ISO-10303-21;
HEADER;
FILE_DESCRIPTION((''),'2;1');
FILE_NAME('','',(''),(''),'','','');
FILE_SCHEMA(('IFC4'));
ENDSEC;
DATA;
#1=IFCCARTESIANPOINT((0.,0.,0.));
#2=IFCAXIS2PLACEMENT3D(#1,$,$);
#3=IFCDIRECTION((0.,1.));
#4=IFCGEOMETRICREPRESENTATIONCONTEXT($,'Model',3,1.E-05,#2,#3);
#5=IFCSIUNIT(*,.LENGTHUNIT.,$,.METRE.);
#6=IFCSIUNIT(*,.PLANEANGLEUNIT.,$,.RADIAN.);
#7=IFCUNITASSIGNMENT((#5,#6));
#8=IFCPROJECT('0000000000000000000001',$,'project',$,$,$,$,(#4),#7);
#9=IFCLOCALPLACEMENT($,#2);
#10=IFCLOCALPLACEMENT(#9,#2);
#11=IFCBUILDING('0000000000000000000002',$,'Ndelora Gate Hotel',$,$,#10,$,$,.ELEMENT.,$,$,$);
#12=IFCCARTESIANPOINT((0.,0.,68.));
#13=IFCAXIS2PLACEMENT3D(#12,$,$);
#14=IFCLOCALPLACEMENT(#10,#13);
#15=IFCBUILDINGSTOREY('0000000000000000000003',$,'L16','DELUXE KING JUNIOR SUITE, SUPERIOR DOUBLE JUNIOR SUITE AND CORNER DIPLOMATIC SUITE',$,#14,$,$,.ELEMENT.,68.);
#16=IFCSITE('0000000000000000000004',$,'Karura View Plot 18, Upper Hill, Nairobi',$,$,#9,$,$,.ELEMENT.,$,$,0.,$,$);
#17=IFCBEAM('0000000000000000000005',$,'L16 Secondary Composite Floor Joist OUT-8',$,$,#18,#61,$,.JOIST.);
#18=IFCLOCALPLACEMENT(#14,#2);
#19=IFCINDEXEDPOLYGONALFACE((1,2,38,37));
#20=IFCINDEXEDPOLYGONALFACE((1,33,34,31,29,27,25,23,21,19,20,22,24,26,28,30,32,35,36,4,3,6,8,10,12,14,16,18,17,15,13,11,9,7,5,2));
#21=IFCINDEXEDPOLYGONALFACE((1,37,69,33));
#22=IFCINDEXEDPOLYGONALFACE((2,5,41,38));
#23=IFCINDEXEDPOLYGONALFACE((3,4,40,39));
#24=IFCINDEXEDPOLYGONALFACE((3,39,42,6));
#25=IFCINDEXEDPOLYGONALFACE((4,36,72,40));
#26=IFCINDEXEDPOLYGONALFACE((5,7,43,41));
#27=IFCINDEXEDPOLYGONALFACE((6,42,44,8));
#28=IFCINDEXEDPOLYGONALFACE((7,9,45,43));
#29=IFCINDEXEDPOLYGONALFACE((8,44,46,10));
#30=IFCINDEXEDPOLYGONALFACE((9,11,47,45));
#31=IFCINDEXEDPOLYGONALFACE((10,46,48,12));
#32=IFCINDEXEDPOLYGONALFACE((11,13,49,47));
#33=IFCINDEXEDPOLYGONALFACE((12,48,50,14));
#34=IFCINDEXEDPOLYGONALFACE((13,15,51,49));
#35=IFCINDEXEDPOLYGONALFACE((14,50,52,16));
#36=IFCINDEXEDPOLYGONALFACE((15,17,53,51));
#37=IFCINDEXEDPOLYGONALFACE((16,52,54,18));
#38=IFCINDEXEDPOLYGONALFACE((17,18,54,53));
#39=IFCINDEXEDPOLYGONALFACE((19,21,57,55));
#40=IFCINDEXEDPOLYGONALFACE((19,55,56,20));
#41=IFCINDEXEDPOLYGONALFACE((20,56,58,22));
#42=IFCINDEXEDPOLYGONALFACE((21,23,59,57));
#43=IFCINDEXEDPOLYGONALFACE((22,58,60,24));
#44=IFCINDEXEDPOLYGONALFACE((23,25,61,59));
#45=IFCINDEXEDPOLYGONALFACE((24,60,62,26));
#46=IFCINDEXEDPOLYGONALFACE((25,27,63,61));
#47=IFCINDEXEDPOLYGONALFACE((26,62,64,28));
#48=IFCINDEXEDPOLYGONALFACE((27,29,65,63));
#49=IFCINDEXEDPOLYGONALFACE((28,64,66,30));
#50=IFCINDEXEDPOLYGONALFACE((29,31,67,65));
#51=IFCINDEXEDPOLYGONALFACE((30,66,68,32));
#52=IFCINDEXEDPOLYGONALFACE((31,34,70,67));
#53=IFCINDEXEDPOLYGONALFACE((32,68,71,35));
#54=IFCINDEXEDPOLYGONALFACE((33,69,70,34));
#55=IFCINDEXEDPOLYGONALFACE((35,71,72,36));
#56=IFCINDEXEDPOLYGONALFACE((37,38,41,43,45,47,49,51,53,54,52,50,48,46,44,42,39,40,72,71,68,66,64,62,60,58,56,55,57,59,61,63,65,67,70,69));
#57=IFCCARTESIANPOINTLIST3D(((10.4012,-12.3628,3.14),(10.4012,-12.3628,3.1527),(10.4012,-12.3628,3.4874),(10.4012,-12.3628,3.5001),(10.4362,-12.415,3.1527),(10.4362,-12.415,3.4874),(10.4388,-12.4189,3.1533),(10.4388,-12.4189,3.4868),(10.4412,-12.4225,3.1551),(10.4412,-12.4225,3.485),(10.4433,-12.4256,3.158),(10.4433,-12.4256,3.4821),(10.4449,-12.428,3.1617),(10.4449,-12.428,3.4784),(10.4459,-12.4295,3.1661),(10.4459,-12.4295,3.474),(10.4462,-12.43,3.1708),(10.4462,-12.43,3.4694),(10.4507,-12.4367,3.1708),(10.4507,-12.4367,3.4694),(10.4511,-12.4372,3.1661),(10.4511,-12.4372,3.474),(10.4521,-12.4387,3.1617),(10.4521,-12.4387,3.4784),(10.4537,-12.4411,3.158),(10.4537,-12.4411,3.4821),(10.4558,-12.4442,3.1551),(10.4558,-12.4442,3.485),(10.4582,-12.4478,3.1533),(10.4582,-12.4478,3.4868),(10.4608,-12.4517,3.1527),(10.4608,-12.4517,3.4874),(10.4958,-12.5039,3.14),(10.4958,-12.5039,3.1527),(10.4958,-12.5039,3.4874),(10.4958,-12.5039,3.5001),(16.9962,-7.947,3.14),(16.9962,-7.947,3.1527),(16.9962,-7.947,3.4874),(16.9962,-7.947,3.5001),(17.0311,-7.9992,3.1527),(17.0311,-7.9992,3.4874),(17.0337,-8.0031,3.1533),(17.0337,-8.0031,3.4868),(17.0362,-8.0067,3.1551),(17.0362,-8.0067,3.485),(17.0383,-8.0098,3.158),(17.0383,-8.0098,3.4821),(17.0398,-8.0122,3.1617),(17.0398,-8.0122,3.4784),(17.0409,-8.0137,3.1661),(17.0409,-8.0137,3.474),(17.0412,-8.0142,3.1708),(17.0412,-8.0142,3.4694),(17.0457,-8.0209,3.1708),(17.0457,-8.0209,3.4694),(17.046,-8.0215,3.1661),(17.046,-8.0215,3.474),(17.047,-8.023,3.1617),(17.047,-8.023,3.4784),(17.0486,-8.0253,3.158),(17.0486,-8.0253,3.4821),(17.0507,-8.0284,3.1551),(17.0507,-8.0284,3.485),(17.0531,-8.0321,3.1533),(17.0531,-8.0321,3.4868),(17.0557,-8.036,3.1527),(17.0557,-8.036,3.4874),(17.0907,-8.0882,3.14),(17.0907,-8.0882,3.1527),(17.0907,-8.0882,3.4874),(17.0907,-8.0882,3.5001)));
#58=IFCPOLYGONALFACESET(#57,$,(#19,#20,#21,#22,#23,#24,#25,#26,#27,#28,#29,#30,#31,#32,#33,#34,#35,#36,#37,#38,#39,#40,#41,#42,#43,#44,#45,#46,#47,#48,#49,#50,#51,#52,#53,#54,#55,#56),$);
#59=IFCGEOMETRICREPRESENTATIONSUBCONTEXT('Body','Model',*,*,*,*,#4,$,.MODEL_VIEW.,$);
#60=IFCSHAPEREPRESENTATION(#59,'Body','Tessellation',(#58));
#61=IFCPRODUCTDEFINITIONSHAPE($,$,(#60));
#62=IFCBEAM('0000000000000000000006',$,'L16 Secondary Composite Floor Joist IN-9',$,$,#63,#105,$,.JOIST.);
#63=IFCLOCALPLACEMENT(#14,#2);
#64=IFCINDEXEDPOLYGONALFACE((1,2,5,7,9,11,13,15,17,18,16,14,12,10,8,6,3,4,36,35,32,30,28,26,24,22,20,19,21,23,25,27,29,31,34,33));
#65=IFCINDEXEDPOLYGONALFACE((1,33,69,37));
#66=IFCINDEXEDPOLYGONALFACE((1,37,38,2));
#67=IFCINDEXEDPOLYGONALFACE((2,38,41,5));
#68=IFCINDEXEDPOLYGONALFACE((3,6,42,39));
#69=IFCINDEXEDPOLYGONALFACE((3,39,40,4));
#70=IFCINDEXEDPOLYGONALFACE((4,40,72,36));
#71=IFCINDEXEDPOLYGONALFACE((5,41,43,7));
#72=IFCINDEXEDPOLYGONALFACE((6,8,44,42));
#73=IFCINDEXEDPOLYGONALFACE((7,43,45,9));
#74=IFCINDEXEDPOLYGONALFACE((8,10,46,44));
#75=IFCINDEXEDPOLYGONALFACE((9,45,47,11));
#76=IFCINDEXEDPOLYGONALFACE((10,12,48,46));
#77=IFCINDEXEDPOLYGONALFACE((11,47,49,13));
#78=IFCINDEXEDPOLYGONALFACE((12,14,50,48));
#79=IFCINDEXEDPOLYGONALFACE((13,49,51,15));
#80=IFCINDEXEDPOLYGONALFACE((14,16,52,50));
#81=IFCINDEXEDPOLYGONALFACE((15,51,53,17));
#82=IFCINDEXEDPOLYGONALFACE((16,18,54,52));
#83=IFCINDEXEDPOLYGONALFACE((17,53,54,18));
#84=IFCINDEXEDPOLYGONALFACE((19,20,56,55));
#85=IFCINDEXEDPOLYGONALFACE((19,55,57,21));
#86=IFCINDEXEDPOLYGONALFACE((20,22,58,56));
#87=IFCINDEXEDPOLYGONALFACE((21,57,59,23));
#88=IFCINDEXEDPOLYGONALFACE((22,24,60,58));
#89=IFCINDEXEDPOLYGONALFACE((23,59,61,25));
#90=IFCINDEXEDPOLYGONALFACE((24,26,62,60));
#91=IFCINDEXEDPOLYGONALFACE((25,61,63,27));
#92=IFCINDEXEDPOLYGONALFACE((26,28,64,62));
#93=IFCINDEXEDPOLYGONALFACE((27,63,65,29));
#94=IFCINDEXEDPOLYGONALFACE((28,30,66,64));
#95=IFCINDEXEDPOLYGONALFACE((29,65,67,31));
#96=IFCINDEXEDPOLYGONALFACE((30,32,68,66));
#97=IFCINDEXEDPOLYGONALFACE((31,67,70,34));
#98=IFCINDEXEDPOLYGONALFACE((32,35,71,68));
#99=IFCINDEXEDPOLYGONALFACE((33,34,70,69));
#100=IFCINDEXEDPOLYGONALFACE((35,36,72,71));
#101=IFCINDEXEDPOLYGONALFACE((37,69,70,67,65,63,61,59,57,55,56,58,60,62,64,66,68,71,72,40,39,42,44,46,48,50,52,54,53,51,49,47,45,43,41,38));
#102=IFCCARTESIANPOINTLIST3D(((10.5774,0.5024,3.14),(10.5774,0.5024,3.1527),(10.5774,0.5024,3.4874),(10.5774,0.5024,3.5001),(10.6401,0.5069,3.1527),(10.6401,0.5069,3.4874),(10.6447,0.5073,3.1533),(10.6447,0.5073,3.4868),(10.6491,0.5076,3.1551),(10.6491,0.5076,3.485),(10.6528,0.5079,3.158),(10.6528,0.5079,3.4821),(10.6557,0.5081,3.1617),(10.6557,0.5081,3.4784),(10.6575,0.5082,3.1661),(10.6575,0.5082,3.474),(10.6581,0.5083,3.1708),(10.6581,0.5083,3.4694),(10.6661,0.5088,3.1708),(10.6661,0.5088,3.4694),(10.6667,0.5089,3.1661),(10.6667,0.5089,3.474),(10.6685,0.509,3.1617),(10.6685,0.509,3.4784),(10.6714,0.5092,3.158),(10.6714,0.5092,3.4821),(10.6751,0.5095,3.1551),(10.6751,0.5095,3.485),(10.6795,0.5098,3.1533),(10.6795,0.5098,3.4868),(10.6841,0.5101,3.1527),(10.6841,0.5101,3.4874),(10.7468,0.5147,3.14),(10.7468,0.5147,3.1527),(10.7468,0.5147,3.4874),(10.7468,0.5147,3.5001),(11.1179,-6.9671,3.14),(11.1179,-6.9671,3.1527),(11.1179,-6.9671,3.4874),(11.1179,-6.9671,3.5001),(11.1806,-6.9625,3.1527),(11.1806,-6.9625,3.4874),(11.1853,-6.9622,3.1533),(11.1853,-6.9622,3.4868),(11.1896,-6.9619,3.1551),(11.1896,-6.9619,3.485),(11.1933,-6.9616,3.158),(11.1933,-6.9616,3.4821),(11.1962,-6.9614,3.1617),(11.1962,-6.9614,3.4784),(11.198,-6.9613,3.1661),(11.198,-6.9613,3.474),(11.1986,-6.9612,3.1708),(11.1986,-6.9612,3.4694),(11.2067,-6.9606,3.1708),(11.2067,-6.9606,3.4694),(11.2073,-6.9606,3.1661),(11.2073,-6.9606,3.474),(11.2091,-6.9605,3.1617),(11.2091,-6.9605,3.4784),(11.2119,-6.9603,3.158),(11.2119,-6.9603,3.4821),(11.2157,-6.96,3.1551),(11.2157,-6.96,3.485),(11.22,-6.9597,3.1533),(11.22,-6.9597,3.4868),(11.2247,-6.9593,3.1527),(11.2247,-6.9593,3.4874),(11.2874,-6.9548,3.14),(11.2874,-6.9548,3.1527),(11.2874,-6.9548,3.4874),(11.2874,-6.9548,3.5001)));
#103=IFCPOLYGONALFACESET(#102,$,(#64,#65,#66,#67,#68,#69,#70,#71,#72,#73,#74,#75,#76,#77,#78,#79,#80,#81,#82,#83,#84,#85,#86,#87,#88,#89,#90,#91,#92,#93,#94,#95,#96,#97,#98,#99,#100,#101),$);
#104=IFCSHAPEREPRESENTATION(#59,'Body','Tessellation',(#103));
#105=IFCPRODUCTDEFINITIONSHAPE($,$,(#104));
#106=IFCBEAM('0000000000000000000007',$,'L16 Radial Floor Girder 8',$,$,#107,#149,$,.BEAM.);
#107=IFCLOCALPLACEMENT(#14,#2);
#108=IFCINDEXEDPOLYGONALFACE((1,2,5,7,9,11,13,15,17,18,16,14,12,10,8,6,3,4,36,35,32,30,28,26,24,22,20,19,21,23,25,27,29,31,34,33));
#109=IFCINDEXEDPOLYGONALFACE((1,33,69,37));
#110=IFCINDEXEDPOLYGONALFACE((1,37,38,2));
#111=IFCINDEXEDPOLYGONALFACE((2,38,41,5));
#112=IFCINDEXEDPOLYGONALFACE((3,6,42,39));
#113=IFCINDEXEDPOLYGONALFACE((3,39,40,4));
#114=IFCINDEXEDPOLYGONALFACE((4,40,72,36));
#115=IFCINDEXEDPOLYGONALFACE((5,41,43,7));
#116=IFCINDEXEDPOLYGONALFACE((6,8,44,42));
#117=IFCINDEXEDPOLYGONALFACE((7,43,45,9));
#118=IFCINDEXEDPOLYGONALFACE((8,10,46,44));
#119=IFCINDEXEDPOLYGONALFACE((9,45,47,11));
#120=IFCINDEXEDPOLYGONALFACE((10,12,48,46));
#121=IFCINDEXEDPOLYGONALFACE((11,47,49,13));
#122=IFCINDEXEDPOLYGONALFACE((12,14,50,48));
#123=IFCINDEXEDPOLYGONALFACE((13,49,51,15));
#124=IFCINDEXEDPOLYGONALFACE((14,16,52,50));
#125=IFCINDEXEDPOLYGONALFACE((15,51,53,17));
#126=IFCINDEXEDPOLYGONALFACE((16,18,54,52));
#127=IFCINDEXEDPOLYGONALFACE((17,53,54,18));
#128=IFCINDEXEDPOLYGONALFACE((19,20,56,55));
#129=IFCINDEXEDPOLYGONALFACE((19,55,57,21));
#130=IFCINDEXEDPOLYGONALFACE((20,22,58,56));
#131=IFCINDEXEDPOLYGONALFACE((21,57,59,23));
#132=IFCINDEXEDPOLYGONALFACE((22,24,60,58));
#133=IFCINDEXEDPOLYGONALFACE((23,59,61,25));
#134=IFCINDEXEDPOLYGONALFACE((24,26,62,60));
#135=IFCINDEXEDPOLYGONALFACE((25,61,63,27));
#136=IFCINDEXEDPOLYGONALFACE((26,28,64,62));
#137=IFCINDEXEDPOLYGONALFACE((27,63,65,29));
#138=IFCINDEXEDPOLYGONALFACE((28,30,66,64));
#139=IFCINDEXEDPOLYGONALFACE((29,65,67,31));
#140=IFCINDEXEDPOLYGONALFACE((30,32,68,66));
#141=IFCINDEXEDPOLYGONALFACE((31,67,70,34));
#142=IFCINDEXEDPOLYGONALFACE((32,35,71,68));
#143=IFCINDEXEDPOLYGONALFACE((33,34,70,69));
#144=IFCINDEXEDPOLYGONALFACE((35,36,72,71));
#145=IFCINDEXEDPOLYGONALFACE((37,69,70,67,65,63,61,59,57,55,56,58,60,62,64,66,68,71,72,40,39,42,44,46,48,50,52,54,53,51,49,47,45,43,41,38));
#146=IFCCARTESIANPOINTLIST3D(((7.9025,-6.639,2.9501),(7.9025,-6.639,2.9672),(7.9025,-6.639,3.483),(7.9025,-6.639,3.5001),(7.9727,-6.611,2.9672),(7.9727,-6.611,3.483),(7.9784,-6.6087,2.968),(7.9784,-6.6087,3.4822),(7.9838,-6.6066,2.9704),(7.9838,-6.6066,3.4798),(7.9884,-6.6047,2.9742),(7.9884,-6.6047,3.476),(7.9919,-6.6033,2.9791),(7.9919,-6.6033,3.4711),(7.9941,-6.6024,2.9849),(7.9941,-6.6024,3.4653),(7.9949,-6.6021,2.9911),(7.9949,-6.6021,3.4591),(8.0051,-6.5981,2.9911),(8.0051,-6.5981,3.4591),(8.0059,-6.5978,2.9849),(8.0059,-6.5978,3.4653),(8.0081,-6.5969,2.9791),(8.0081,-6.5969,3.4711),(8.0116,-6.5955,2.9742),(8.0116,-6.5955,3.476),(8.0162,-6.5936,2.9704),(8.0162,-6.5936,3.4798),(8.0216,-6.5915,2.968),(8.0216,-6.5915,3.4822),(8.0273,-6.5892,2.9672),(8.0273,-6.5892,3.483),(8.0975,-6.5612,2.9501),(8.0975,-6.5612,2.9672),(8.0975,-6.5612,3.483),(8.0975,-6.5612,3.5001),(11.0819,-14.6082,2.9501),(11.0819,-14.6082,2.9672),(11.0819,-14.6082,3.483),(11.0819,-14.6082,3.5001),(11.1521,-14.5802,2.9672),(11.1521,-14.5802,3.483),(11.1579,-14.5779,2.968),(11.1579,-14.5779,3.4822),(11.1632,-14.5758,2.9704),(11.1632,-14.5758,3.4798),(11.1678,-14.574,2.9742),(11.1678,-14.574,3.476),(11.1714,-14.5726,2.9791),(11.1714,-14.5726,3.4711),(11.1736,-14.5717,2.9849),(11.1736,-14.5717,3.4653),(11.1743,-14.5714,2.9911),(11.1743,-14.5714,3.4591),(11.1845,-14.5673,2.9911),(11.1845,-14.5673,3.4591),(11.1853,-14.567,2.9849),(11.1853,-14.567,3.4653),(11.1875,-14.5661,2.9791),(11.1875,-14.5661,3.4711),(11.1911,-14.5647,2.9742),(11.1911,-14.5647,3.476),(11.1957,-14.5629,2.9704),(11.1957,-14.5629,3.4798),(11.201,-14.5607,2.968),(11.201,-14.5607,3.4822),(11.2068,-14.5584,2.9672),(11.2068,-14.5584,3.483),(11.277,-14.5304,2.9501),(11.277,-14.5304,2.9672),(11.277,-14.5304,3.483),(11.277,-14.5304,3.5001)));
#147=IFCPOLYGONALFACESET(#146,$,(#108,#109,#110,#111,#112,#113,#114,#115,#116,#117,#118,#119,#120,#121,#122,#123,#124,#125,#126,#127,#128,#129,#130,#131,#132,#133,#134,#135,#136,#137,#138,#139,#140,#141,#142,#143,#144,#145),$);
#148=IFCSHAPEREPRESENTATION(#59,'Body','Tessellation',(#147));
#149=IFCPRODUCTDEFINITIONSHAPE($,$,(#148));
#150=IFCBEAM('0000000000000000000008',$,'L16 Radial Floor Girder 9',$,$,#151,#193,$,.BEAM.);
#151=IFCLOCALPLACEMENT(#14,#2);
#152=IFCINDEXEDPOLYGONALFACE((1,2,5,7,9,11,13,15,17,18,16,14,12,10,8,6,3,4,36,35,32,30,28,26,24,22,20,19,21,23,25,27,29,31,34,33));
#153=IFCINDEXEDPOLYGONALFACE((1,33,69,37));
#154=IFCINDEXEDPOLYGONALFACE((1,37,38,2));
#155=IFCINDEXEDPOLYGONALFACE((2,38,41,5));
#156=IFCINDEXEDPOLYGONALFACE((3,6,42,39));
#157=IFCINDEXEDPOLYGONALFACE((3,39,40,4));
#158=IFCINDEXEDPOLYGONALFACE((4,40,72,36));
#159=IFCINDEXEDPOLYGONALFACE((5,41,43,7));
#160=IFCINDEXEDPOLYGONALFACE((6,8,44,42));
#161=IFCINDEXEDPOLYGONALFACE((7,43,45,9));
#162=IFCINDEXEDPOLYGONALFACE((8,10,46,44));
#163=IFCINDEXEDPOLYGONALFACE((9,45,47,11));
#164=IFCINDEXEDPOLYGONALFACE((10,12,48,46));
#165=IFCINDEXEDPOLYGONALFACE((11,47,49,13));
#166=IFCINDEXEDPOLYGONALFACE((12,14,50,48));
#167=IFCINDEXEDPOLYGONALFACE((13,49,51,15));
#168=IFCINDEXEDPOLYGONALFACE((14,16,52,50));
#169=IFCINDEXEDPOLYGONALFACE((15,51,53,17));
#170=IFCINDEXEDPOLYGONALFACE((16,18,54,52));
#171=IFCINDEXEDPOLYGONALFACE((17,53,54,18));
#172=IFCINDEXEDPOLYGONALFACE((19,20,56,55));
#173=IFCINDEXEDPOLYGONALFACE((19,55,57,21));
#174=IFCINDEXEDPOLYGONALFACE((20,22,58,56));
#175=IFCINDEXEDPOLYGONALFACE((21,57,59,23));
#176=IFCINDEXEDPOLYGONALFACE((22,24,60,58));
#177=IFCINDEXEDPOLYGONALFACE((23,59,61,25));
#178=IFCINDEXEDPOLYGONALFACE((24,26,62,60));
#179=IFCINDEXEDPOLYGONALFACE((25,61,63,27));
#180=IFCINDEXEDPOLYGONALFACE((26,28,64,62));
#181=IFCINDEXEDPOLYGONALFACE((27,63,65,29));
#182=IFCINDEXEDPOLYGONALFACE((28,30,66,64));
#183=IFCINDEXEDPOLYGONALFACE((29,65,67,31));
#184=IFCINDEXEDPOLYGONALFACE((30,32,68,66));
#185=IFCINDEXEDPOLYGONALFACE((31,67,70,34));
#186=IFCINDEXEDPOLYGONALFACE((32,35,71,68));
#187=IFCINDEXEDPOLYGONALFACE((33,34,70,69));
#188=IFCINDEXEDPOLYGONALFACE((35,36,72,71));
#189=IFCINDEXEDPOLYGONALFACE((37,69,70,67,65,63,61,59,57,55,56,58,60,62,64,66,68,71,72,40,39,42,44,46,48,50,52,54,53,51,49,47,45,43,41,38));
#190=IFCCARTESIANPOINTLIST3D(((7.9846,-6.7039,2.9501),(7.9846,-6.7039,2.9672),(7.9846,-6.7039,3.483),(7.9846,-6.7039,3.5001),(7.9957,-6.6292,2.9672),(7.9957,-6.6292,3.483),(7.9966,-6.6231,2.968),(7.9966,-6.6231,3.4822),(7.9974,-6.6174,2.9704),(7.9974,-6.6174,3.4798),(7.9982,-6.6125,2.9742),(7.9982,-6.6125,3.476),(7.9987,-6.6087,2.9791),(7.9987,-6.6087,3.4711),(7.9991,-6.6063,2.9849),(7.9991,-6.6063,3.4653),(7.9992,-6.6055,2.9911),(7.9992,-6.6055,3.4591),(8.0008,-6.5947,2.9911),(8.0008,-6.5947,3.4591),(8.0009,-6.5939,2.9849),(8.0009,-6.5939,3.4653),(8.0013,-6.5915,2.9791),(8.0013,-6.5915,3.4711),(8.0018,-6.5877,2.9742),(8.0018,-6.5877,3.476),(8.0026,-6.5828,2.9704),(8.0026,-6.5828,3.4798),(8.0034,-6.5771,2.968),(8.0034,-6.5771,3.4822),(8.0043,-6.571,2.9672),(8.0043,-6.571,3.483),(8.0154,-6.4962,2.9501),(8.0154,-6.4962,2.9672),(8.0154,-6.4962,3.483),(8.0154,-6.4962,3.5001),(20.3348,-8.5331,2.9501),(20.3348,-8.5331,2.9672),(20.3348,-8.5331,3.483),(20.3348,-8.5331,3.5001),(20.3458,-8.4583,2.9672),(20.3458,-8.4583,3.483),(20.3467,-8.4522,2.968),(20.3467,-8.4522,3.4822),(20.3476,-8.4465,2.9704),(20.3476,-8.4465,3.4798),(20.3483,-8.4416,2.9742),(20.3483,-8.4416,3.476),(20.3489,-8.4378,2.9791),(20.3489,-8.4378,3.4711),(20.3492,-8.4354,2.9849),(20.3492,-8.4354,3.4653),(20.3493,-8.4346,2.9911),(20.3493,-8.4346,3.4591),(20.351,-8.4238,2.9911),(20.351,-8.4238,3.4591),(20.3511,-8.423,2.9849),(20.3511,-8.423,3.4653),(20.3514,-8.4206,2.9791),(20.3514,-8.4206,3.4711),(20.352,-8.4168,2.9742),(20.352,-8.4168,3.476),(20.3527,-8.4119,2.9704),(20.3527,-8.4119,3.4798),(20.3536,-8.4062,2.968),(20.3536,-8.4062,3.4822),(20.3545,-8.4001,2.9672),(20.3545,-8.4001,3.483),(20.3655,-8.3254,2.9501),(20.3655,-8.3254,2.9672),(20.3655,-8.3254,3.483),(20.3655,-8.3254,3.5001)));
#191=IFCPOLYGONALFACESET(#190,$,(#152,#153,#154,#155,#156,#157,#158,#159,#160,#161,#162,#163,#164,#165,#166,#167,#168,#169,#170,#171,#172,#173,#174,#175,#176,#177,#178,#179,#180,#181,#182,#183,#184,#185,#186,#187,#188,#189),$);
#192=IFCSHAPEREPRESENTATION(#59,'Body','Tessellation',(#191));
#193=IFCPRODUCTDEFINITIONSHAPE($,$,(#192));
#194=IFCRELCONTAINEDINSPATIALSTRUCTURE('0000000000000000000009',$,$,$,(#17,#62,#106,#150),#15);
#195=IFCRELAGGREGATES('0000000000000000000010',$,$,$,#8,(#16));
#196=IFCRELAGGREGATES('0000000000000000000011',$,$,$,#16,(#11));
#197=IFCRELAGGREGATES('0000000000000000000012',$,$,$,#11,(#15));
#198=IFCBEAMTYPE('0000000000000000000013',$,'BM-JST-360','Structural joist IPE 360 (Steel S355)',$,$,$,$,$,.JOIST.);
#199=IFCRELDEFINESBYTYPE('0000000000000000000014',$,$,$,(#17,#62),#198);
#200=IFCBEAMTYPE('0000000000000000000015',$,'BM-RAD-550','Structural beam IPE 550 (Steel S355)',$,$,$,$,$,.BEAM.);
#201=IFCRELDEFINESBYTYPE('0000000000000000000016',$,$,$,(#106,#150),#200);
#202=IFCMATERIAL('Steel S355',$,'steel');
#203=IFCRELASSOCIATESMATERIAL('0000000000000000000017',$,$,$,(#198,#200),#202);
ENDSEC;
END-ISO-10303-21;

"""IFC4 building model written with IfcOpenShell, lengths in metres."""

from ifc_helpers import new_model, si_unit, direction, frame, origin, origin_2d, place, context, subcontext, project, spatial, i_section, extrude, material, material_profile, profile_set, type_object, element, save


model = new_model("IFC4")

# Units and contexts
model_context = context("Model", 3, precision=1e-05, world=origin(), true_north=direction((0.0, 1.0)))
body_context = subcontext(model_context, "Body", "Model", "MODEL_VIEW")
ifc_project = project(units=[si_unit("LENGTHUNIT", "METRE"), si_unit("PLANEANGLEUNIT", "RADIAN")], contexts=[model_context])

# Site, building, storey
site_placement = place(None, origin())
site = spatial("IfcSite", under=ifc_project, at=site_placement, Name="Karura View Plot 18, Upper Hill, Nairobi", CompositionType="ELEMENT", RefElevation=0.0)
building_placement = place(site_placement, origin())
building = spatial("IfcBuilding", under=site, at=building_placement, Name="Ndelora Gate Hotel", CompositionType="ELEMENT")
storey_placement = place(building_placement, frame((0.0, 0.0, 68.0)))
storey = spatial("IfcBuildingStorey", under=building, at=storey_placement, Name="L16", Description="DELUXE KING JUNIOR SUITE, SUPERIOR DOUBLE JUNIOR SUITE AND CORNER DIPLOMATIC SUITE", CompositionType="ELEMENT", Elevation=68.0)

# Beams
ifc_material_1 = material(Name="Steel S355", Category="steel")
ifc_material_profile_1 = material_profile(ifc_material_1, i_section(OverallWidth=0.1699, OverallDepth=0.3601, WebThickness=0.0081, FlangeThickness=0.0127, FilletRadius=0.0181, at=origin_2d()), Name="IPE 360")
ifc_profile_set_1 = profile_set([ifc_material_profile_1], Name="Steel S355")
beam_type_1 = type_object("IfcBeamType", Name="BM-JST-360", Description="Structural joist IPE 360 (Steel S355)", PredefinedType="JOIST", material=ifc_profile_set_1)
beam_1_placement = place(storey_placement, frame((10.4485, -12.4333, 3.3201), z_axis=(0.830937, 0.556367, 0.0), x_axis=(-0.556367, 0.830937, 0.0)))
element("IfcBeam", 1, at=beam_1_placement, inside=storey, type_object=beam_type_1, Name="L16 Secondary Composite Floor Joist OUT-8", PredefinedType="JOIST", context=body_context, shape_type="SweptSolid", body=[
    extrude(i_section(OverallWidth=0.1699, OverallDepth=0.3601, WebThickness=0.0081, FlangeThickness=0.0127, FilletRadius=0.0181, at=origin_2d()), origin(), (0.0, 0.0, 1.0), 7.9368),
])
beam_2_placement = place(storey_placement, frame((11.2026, -6.9609, 3.3201), z_axis=(-0.072176, 0.997392, 0.0), x_axis=(-0.997392, -0.072176, 0.0)))
element("IfcBeam", 2, at=beam_2_placement, inside=storey, type_object=beam_type_1, Name="L16 Secondary Composite Floor Joist IN-9", PredefinedType="JOIST", context=body_context, shape_type="SweptSolid", body=[
    extrude(i_section(OverallWidth=0.1699, OverallDepth=0.3601, WebThickness=0.0081, FlangeThickness=0.0127, FilletRadius=0.0181, at=origin_2d()), origin(), (0.0, 0.0, 1.0), 7.489),
])
ifc_material_profile_2 = material_profile(ifc_material_1, i_section(OverallWidth=0.21, OverallDepth=0.55, WebThickness=0.011, FlangeThickness=0.0171, FilletRadius=0.0239, at=origin_2d()), Name="IPE 550")
ifc_profile_set_2 = profile_set([ifc_material_profile_2], Name="Steel S355")
beam_type_2 = type_object("IfcBeamType", Name="BM-RAD-550", Description="Structural beam IPE 550 (Steel S355)", PredefinedType="BEAM", material=ifc_profile_set_2)
beam_3_placement = place(storey_placement, frame((8.0, -6.6001, 3.2251), z_axis=(0.370561, -0.928808, 0.0), x_axis=(0.928808, 0.370561, 0.0)))
element("IfcBeam", 3, at=beam_3_placement, inside=storey, type_object=beam_type_2, Name="L16 Radial Floor Girder 8", PredefinedType="BEAM", context=body_context, shape_type="SweptSolid", body=[
    extrude(i_section(OverallWidth=0.21, OverallDepth=0.55, WebThickness=0.011, FlangeThickness=0.0171, FilletRadius=0.0239, at=origin_2d()), origin(), (0.0, 0.0, 1.0), 8.5801),
])
beam_4_placement = place(storey_placement, frame((8.0, -6.6001, 3.2251), z_axis=(0.98921, -0.146506, 0.0), x_axis=(0.146506, 0.98921, 0.0)))
element("IfcBeam", 4, at=beam_4_placement, inside=storey, type_object=beam_type_2, Name="L16 Radial Floor Girder 9", PredefinedType="BEAM", context=body_context, shape_type="SweptSolid", body=[
    extrude(i_section(OverallWidth=0.21, OverallDepth=0.55, WebThickness=0.011, FlangeThickness=0.0171, FilletRadius=0.0239, at=origin_2d()), origin(), (0.0, 0.0, 1.0), 12.4849),
])

save(model, "model.ifc")
